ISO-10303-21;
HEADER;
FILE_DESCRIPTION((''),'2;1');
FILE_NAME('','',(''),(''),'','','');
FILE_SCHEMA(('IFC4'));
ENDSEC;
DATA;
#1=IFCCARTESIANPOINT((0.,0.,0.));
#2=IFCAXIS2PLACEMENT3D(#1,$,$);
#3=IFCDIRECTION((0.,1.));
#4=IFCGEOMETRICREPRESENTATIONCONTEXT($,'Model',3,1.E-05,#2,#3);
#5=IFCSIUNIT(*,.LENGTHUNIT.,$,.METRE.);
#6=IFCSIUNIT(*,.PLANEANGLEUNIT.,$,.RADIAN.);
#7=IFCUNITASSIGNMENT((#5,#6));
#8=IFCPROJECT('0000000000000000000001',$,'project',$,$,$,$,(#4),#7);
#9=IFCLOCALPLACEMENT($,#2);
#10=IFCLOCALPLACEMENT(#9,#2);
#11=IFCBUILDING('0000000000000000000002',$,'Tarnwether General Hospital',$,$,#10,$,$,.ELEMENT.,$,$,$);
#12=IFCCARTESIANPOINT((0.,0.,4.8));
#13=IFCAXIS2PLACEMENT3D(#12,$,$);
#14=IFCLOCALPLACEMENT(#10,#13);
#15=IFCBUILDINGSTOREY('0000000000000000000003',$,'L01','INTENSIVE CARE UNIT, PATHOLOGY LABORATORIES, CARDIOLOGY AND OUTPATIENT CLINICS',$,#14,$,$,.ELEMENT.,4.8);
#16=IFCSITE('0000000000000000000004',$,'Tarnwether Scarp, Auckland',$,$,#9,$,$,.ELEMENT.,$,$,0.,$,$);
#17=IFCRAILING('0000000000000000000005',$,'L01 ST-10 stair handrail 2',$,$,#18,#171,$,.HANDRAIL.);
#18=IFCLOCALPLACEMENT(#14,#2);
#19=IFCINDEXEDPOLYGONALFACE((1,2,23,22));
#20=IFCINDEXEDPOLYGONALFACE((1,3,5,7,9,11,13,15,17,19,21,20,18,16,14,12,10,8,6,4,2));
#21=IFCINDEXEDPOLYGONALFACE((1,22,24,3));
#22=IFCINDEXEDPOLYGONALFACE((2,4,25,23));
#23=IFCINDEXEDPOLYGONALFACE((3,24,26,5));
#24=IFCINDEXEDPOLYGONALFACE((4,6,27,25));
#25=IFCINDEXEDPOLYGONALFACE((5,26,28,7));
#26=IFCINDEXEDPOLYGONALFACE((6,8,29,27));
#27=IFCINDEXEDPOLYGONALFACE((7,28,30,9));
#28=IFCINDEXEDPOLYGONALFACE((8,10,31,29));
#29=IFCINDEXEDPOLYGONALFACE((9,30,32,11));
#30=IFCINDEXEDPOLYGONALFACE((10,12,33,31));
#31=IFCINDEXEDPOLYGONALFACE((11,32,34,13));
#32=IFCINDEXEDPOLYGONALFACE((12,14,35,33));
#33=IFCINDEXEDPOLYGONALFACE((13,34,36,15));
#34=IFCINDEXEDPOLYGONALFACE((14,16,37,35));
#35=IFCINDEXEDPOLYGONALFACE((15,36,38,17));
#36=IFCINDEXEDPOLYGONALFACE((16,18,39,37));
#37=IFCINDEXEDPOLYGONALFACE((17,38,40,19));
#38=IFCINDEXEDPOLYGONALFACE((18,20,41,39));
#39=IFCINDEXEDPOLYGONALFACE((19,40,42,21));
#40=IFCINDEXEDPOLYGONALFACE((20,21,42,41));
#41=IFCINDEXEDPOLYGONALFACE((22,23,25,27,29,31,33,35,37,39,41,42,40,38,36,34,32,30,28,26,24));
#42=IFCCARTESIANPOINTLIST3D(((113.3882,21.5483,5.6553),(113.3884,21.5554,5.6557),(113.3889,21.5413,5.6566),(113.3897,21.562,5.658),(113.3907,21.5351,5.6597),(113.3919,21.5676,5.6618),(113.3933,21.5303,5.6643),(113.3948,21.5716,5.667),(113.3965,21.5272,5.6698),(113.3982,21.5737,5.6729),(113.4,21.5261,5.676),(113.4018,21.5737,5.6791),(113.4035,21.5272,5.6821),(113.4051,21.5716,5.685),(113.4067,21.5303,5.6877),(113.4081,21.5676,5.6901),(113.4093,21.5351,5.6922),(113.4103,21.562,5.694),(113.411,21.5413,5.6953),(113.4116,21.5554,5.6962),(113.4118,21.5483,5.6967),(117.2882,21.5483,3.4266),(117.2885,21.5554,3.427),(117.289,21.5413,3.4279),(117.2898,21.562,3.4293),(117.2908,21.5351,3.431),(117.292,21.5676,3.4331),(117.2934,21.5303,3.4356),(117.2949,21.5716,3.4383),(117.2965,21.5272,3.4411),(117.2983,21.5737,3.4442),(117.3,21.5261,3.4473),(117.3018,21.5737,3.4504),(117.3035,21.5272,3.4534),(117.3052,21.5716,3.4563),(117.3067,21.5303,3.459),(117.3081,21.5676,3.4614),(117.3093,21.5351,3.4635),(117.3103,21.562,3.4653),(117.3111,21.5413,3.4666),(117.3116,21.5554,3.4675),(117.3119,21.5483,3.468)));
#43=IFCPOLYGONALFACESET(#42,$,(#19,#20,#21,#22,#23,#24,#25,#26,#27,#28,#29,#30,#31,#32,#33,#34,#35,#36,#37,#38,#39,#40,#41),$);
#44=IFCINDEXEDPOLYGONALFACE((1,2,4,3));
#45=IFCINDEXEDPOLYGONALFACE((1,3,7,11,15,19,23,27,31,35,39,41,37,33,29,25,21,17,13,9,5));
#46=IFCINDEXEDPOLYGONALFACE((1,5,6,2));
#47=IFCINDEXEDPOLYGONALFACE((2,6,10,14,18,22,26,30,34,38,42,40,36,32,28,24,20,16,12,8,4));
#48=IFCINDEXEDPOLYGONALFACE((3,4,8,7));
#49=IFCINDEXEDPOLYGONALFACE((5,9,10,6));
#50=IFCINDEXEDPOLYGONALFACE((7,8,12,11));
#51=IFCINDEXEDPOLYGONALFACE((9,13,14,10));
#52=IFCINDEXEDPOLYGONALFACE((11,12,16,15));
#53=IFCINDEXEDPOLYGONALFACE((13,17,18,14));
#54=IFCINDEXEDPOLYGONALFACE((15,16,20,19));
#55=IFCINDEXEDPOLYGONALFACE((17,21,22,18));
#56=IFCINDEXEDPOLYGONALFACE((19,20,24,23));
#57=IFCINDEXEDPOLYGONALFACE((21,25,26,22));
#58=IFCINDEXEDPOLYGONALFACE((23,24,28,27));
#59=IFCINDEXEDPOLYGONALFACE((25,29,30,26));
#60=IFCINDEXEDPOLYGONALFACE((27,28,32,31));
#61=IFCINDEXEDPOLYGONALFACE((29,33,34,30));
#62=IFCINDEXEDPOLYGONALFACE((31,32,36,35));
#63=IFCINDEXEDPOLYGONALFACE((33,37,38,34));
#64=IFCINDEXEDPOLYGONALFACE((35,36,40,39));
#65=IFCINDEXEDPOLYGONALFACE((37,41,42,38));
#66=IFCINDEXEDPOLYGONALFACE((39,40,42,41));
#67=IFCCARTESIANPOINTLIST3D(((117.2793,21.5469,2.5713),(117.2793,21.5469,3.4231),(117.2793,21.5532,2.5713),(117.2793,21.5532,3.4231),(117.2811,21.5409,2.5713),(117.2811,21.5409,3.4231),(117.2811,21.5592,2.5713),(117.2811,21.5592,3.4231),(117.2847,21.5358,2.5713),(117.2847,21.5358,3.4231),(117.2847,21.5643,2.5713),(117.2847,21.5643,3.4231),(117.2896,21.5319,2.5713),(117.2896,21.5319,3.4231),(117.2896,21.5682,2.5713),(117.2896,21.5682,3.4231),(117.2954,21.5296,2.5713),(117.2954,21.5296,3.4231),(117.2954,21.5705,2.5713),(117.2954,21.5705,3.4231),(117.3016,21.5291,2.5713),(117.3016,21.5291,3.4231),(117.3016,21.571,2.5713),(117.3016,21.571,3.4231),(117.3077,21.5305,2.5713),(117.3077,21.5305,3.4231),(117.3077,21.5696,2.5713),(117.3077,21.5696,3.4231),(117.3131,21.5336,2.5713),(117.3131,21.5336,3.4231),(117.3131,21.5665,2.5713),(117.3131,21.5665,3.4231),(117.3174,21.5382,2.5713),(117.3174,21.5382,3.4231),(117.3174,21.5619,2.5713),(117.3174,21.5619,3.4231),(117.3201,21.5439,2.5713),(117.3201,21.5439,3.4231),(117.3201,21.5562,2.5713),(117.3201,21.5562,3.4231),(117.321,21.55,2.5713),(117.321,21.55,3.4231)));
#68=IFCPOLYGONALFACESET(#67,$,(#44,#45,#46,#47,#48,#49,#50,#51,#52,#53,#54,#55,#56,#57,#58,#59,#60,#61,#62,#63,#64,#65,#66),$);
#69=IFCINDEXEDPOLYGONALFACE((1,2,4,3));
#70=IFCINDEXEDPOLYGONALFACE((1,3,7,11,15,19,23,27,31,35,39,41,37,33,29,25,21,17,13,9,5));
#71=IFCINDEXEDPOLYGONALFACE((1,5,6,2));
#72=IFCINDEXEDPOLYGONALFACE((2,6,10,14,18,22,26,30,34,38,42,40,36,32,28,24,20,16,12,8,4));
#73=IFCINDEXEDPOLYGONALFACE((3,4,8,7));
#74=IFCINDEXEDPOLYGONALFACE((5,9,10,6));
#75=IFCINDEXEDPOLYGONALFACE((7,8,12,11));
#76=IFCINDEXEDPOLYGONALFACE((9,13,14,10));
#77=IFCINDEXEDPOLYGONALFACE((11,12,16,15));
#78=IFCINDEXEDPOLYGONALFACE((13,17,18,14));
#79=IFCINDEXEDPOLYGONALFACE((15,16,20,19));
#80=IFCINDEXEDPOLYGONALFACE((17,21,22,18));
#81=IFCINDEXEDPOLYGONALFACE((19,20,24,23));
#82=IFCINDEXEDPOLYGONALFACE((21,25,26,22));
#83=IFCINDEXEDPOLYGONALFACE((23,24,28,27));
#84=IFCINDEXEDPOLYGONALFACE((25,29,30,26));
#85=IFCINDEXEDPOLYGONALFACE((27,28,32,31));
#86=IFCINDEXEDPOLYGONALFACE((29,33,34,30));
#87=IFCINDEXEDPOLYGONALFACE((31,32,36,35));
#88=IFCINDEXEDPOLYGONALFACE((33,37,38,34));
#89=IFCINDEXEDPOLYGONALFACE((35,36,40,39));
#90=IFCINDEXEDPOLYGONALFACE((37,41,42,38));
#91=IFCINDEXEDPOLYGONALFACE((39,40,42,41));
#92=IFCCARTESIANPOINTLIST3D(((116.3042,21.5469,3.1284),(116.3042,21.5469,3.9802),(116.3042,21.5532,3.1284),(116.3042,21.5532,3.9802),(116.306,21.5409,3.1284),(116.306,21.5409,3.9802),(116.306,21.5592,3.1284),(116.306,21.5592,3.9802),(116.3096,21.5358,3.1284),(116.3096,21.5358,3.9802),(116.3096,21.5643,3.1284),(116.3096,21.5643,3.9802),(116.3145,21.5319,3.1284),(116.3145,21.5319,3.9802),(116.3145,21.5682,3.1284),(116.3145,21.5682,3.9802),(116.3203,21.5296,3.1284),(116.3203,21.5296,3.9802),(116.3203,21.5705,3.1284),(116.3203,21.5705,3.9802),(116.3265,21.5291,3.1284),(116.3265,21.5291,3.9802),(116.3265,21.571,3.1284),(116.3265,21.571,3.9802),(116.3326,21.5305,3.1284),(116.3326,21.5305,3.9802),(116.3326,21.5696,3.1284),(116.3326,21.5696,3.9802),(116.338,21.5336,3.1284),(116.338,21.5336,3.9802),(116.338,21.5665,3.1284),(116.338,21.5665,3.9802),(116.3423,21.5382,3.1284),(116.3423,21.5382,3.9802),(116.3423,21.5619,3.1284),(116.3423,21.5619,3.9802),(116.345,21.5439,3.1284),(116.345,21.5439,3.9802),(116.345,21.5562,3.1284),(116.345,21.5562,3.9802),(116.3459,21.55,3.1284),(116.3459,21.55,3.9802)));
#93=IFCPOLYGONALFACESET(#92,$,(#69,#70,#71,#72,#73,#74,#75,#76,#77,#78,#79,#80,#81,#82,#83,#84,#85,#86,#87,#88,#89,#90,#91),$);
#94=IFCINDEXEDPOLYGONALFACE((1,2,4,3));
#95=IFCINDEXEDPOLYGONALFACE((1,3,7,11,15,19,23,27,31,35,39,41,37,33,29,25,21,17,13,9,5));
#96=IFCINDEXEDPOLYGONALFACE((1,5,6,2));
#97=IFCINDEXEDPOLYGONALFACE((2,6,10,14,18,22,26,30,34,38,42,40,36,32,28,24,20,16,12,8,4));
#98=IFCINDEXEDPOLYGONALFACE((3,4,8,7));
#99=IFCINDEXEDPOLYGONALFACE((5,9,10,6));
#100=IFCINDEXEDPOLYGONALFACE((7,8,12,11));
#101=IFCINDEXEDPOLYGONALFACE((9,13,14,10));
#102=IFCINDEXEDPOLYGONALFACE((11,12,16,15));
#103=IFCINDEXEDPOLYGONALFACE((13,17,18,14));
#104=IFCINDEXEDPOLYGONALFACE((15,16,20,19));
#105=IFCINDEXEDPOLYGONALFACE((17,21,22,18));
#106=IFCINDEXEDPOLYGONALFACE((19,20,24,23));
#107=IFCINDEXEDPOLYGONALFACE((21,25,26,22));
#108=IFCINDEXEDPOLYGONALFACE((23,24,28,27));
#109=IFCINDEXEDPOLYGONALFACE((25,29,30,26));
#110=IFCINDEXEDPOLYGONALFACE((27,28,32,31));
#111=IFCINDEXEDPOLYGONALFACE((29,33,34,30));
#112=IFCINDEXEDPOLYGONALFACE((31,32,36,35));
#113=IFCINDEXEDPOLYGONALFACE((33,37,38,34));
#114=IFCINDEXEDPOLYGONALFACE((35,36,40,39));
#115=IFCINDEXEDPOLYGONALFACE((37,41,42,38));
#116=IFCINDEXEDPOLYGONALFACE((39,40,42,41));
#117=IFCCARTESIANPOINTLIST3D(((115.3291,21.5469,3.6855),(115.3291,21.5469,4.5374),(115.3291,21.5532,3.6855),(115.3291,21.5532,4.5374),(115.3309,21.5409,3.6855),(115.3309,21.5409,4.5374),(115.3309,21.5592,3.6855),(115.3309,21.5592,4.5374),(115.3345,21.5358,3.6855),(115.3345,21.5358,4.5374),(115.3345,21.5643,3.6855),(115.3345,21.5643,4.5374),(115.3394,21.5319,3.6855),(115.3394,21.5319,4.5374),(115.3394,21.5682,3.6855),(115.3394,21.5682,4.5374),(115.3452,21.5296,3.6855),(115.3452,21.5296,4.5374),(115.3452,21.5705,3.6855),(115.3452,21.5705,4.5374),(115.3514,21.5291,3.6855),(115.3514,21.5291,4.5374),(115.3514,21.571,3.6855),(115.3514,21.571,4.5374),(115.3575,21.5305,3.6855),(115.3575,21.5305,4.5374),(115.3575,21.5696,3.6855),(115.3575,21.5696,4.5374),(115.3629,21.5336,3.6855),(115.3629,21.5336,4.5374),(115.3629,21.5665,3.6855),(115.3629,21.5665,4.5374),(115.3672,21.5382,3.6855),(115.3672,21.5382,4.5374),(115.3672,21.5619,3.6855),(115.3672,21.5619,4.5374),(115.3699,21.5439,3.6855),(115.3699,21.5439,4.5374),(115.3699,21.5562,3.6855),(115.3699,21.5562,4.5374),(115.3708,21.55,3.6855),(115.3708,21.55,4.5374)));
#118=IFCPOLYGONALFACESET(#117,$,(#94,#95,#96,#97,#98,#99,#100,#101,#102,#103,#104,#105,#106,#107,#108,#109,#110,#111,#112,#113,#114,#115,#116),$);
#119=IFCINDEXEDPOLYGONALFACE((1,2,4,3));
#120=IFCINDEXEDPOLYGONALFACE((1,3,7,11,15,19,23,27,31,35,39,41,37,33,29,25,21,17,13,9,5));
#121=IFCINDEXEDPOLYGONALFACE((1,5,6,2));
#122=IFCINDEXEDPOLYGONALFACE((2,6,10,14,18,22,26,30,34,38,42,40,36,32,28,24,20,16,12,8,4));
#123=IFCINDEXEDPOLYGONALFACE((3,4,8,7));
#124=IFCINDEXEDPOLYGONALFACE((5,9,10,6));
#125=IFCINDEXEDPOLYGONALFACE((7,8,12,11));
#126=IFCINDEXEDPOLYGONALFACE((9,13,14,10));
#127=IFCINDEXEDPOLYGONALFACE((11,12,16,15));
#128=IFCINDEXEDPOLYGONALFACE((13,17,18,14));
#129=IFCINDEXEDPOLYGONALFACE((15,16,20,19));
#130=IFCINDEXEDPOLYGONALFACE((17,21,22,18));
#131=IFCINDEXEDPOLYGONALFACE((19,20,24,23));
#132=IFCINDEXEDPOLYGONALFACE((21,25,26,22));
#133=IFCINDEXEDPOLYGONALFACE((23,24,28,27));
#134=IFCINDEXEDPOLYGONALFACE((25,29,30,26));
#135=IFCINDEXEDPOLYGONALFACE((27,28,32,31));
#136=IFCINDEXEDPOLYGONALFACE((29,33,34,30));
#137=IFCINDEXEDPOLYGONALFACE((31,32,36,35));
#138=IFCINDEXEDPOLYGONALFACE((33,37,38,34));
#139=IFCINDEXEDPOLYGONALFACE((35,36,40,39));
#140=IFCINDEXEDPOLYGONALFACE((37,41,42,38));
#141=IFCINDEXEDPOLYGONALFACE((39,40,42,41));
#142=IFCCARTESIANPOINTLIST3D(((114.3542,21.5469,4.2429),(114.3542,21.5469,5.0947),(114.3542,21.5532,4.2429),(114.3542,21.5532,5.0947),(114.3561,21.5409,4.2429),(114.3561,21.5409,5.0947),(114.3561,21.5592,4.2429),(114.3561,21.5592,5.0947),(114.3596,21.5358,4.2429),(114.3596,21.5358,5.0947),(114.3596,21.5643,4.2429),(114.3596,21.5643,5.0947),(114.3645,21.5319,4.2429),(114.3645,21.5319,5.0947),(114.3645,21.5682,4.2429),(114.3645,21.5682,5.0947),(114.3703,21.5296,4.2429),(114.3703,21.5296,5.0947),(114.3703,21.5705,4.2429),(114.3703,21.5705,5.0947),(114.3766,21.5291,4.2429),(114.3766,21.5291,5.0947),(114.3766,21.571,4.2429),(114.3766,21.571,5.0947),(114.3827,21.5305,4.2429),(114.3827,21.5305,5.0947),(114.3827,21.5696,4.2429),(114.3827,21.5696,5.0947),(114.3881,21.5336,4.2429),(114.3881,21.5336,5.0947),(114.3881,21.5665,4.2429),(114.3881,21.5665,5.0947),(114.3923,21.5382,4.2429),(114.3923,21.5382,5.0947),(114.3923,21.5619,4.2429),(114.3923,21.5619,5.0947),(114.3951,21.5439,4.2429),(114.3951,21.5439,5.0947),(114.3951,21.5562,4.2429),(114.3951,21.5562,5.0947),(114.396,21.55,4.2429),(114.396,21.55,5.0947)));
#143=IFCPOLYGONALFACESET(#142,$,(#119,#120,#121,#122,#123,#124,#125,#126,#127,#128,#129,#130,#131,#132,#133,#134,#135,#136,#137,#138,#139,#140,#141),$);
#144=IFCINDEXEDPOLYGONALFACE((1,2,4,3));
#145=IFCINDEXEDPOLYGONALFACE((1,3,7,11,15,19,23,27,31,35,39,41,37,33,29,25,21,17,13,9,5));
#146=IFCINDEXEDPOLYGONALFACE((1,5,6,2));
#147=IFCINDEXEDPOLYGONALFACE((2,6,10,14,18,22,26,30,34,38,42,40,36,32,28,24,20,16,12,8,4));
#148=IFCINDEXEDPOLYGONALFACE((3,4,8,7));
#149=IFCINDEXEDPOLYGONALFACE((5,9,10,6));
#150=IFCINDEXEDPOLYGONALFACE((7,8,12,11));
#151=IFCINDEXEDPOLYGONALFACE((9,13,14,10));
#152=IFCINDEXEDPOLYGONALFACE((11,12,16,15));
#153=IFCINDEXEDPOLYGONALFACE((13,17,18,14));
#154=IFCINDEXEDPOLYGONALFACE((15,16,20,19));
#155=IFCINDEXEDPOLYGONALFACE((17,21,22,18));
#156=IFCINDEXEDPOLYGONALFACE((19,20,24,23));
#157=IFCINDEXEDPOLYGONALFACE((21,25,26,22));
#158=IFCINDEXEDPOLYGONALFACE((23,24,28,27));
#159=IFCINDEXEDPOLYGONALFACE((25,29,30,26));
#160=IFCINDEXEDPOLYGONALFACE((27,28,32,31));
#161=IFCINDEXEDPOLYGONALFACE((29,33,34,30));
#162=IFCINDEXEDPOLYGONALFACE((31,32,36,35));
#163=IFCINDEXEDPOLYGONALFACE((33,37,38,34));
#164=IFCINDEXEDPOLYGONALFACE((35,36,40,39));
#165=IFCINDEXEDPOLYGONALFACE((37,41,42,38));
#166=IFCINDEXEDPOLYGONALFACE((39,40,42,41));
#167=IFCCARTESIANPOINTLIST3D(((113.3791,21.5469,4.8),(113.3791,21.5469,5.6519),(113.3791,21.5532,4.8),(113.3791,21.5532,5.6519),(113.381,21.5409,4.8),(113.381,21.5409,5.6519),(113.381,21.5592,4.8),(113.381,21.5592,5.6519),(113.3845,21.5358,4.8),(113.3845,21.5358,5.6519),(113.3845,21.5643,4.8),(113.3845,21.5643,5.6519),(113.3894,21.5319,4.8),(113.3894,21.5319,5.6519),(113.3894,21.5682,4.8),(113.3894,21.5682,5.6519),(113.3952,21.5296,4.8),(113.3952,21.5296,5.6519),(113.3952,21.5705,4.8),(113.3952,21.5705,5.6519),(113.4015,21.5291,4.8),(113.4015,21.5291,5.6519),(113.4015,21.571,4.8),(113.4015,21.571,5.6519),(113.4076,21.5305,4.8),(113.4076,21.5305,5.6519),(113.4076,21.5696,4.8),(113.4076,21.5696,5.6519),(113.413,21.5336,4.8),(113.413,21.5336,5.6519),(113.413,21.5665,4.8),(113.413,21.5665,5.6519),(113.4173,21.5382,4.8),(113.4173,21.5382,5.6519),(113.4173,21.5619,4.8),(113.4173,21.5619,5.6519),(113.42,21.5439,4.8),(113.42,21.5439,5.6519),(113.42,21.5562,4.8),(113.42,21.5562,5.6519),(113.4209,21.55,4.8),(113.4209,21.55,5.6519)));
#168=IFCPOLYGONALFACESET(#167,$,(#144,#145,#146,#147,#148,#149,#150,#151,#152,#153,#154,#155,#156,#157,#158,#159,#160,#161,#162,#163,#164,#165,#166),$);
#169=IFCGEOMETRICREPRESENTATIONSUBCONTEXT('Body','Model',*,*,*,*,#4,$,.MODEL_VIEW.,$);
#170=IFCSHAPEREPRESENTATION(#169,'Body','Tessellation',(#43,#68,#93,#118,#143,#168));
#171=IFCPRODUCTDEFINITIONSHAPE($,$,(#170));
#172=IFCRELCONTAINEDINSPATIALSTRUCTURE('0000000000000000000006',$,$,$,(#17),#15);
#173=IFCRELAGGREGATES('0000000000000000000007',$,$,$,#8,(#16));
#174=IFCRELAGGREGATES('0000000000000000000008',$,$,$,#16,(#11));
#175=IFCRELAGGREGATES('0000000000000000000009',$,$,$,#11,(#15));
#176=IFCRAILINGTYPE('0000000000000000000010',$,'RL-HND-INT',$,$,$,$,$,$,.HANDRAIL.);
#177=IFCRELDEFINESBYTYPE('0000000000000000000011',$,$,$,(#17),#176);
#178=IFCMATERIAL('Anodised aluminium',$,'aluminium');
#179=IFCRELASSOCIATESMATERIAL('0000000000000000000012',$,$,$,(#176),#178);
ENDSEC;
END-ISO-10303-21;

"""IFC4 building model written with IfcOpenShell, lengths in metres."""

from ifc_helpers import new_model, si_unit, direction, frame, origin, origin_2d, place, context, subcontext, project, spatial, circle, extrude, material, type_object, element, save


model = new_model("IFC4")

# Units and contexts
model_context = context("Model", 3, precision=1e-05, world=origin(), true_north=direction((0.0, 1.0)))
body_context = subcontext(model_context, "Body", "Model", "MODEL_VIEW")
ifc_project = project(units=[si_unit("LENGTHUNIT", "METRE"), si_unit("PLANEANGLEUNIT", "RADIAN")], contexts=[model_context])

# Site, building, storey
site_placement = place(None, origin())
site = spatial("IfcSite", under=ifc_project, at=site_placement, Name="Tarnwether Scarp, Auckland", CompositionType="ELEMENT", RefElevation=0.0)
building_placement = place(site_placement, origin())
building = spatial("IfcBuilding", under=site, at=building_placement, Name="Tarnwether General Hospital", CompositionType="ELEMENT")
storey_placement = place(building_placement, frame((0.0, 0.0, 4.8)))
storey = spatial("IfcBuildingStorey", under=building, at=storey_placement, Name="L01", Description="INTENSIVE CARE UNIT, PATHOLOGY LABORATORIES, CARDIOLOGY AND OUTPATIENT CLINICS", CompositionType="ELEMENT", Elevation=4.8)

# Railing
ifc_material_1 = material(Name="Anodised aluminium", Category="aluminium")
railing_type_1 = type_object("IfcRailingType", Name="RL-HND-INT", PredefinedType="HANDRAIL", material=ifc_material_1)
railing_1_placement = place(storey_placement, frame((117.3, 21.55, 2.5713)))
element("IfcRailing", 1, at=railing_1_placement, inside=storey, type_object=railing_type_1, Name="L01 ST-10 stair handrail 2", PredefinedType="HANDRAIL", context=body_context, shape_type="SweptSolid", body=[
    extrude(circle(Radius=0.0239, at=origin_2d()), frame((0.0, 0.0, 0.876), z_axis=(-0.868233, 0.0, 0.496156), x_axis=(0.0, -1.0, 0.0)), (0.0, 0.0, 1.0), 4.4919),
    extrude(circle(Radius=0.021, at=origin_2d()), origin(), (0.0, 0.0, 1.0), 0.8518),
    extrude(circle(Radius=0.021, at=origin_2d()), frame((-0.9751, 0.0, 0.5571)), (0.0, 0.0, 1.0), 0.8518),
    extrude(circle(Radius=0.021, at=origin_2d()), frame((-1.9502, 0.0, 1.1143)), (0.0, 0.0, 1.0), 0.8518),
    extrude(circle(Radius=0.021, at=origin_2d()), frame((-2.925, 0.0, 1.6716)), (0.0, 0.0, 1.0), 0.8518),
    extrude(circle(Radius=0.021, at=origin_2d()), frame((-3.9001, 0.0, 2.2288)), (0.0, 0.0, 1.0), 0.8518),
])

save(model, "model.ifc")
